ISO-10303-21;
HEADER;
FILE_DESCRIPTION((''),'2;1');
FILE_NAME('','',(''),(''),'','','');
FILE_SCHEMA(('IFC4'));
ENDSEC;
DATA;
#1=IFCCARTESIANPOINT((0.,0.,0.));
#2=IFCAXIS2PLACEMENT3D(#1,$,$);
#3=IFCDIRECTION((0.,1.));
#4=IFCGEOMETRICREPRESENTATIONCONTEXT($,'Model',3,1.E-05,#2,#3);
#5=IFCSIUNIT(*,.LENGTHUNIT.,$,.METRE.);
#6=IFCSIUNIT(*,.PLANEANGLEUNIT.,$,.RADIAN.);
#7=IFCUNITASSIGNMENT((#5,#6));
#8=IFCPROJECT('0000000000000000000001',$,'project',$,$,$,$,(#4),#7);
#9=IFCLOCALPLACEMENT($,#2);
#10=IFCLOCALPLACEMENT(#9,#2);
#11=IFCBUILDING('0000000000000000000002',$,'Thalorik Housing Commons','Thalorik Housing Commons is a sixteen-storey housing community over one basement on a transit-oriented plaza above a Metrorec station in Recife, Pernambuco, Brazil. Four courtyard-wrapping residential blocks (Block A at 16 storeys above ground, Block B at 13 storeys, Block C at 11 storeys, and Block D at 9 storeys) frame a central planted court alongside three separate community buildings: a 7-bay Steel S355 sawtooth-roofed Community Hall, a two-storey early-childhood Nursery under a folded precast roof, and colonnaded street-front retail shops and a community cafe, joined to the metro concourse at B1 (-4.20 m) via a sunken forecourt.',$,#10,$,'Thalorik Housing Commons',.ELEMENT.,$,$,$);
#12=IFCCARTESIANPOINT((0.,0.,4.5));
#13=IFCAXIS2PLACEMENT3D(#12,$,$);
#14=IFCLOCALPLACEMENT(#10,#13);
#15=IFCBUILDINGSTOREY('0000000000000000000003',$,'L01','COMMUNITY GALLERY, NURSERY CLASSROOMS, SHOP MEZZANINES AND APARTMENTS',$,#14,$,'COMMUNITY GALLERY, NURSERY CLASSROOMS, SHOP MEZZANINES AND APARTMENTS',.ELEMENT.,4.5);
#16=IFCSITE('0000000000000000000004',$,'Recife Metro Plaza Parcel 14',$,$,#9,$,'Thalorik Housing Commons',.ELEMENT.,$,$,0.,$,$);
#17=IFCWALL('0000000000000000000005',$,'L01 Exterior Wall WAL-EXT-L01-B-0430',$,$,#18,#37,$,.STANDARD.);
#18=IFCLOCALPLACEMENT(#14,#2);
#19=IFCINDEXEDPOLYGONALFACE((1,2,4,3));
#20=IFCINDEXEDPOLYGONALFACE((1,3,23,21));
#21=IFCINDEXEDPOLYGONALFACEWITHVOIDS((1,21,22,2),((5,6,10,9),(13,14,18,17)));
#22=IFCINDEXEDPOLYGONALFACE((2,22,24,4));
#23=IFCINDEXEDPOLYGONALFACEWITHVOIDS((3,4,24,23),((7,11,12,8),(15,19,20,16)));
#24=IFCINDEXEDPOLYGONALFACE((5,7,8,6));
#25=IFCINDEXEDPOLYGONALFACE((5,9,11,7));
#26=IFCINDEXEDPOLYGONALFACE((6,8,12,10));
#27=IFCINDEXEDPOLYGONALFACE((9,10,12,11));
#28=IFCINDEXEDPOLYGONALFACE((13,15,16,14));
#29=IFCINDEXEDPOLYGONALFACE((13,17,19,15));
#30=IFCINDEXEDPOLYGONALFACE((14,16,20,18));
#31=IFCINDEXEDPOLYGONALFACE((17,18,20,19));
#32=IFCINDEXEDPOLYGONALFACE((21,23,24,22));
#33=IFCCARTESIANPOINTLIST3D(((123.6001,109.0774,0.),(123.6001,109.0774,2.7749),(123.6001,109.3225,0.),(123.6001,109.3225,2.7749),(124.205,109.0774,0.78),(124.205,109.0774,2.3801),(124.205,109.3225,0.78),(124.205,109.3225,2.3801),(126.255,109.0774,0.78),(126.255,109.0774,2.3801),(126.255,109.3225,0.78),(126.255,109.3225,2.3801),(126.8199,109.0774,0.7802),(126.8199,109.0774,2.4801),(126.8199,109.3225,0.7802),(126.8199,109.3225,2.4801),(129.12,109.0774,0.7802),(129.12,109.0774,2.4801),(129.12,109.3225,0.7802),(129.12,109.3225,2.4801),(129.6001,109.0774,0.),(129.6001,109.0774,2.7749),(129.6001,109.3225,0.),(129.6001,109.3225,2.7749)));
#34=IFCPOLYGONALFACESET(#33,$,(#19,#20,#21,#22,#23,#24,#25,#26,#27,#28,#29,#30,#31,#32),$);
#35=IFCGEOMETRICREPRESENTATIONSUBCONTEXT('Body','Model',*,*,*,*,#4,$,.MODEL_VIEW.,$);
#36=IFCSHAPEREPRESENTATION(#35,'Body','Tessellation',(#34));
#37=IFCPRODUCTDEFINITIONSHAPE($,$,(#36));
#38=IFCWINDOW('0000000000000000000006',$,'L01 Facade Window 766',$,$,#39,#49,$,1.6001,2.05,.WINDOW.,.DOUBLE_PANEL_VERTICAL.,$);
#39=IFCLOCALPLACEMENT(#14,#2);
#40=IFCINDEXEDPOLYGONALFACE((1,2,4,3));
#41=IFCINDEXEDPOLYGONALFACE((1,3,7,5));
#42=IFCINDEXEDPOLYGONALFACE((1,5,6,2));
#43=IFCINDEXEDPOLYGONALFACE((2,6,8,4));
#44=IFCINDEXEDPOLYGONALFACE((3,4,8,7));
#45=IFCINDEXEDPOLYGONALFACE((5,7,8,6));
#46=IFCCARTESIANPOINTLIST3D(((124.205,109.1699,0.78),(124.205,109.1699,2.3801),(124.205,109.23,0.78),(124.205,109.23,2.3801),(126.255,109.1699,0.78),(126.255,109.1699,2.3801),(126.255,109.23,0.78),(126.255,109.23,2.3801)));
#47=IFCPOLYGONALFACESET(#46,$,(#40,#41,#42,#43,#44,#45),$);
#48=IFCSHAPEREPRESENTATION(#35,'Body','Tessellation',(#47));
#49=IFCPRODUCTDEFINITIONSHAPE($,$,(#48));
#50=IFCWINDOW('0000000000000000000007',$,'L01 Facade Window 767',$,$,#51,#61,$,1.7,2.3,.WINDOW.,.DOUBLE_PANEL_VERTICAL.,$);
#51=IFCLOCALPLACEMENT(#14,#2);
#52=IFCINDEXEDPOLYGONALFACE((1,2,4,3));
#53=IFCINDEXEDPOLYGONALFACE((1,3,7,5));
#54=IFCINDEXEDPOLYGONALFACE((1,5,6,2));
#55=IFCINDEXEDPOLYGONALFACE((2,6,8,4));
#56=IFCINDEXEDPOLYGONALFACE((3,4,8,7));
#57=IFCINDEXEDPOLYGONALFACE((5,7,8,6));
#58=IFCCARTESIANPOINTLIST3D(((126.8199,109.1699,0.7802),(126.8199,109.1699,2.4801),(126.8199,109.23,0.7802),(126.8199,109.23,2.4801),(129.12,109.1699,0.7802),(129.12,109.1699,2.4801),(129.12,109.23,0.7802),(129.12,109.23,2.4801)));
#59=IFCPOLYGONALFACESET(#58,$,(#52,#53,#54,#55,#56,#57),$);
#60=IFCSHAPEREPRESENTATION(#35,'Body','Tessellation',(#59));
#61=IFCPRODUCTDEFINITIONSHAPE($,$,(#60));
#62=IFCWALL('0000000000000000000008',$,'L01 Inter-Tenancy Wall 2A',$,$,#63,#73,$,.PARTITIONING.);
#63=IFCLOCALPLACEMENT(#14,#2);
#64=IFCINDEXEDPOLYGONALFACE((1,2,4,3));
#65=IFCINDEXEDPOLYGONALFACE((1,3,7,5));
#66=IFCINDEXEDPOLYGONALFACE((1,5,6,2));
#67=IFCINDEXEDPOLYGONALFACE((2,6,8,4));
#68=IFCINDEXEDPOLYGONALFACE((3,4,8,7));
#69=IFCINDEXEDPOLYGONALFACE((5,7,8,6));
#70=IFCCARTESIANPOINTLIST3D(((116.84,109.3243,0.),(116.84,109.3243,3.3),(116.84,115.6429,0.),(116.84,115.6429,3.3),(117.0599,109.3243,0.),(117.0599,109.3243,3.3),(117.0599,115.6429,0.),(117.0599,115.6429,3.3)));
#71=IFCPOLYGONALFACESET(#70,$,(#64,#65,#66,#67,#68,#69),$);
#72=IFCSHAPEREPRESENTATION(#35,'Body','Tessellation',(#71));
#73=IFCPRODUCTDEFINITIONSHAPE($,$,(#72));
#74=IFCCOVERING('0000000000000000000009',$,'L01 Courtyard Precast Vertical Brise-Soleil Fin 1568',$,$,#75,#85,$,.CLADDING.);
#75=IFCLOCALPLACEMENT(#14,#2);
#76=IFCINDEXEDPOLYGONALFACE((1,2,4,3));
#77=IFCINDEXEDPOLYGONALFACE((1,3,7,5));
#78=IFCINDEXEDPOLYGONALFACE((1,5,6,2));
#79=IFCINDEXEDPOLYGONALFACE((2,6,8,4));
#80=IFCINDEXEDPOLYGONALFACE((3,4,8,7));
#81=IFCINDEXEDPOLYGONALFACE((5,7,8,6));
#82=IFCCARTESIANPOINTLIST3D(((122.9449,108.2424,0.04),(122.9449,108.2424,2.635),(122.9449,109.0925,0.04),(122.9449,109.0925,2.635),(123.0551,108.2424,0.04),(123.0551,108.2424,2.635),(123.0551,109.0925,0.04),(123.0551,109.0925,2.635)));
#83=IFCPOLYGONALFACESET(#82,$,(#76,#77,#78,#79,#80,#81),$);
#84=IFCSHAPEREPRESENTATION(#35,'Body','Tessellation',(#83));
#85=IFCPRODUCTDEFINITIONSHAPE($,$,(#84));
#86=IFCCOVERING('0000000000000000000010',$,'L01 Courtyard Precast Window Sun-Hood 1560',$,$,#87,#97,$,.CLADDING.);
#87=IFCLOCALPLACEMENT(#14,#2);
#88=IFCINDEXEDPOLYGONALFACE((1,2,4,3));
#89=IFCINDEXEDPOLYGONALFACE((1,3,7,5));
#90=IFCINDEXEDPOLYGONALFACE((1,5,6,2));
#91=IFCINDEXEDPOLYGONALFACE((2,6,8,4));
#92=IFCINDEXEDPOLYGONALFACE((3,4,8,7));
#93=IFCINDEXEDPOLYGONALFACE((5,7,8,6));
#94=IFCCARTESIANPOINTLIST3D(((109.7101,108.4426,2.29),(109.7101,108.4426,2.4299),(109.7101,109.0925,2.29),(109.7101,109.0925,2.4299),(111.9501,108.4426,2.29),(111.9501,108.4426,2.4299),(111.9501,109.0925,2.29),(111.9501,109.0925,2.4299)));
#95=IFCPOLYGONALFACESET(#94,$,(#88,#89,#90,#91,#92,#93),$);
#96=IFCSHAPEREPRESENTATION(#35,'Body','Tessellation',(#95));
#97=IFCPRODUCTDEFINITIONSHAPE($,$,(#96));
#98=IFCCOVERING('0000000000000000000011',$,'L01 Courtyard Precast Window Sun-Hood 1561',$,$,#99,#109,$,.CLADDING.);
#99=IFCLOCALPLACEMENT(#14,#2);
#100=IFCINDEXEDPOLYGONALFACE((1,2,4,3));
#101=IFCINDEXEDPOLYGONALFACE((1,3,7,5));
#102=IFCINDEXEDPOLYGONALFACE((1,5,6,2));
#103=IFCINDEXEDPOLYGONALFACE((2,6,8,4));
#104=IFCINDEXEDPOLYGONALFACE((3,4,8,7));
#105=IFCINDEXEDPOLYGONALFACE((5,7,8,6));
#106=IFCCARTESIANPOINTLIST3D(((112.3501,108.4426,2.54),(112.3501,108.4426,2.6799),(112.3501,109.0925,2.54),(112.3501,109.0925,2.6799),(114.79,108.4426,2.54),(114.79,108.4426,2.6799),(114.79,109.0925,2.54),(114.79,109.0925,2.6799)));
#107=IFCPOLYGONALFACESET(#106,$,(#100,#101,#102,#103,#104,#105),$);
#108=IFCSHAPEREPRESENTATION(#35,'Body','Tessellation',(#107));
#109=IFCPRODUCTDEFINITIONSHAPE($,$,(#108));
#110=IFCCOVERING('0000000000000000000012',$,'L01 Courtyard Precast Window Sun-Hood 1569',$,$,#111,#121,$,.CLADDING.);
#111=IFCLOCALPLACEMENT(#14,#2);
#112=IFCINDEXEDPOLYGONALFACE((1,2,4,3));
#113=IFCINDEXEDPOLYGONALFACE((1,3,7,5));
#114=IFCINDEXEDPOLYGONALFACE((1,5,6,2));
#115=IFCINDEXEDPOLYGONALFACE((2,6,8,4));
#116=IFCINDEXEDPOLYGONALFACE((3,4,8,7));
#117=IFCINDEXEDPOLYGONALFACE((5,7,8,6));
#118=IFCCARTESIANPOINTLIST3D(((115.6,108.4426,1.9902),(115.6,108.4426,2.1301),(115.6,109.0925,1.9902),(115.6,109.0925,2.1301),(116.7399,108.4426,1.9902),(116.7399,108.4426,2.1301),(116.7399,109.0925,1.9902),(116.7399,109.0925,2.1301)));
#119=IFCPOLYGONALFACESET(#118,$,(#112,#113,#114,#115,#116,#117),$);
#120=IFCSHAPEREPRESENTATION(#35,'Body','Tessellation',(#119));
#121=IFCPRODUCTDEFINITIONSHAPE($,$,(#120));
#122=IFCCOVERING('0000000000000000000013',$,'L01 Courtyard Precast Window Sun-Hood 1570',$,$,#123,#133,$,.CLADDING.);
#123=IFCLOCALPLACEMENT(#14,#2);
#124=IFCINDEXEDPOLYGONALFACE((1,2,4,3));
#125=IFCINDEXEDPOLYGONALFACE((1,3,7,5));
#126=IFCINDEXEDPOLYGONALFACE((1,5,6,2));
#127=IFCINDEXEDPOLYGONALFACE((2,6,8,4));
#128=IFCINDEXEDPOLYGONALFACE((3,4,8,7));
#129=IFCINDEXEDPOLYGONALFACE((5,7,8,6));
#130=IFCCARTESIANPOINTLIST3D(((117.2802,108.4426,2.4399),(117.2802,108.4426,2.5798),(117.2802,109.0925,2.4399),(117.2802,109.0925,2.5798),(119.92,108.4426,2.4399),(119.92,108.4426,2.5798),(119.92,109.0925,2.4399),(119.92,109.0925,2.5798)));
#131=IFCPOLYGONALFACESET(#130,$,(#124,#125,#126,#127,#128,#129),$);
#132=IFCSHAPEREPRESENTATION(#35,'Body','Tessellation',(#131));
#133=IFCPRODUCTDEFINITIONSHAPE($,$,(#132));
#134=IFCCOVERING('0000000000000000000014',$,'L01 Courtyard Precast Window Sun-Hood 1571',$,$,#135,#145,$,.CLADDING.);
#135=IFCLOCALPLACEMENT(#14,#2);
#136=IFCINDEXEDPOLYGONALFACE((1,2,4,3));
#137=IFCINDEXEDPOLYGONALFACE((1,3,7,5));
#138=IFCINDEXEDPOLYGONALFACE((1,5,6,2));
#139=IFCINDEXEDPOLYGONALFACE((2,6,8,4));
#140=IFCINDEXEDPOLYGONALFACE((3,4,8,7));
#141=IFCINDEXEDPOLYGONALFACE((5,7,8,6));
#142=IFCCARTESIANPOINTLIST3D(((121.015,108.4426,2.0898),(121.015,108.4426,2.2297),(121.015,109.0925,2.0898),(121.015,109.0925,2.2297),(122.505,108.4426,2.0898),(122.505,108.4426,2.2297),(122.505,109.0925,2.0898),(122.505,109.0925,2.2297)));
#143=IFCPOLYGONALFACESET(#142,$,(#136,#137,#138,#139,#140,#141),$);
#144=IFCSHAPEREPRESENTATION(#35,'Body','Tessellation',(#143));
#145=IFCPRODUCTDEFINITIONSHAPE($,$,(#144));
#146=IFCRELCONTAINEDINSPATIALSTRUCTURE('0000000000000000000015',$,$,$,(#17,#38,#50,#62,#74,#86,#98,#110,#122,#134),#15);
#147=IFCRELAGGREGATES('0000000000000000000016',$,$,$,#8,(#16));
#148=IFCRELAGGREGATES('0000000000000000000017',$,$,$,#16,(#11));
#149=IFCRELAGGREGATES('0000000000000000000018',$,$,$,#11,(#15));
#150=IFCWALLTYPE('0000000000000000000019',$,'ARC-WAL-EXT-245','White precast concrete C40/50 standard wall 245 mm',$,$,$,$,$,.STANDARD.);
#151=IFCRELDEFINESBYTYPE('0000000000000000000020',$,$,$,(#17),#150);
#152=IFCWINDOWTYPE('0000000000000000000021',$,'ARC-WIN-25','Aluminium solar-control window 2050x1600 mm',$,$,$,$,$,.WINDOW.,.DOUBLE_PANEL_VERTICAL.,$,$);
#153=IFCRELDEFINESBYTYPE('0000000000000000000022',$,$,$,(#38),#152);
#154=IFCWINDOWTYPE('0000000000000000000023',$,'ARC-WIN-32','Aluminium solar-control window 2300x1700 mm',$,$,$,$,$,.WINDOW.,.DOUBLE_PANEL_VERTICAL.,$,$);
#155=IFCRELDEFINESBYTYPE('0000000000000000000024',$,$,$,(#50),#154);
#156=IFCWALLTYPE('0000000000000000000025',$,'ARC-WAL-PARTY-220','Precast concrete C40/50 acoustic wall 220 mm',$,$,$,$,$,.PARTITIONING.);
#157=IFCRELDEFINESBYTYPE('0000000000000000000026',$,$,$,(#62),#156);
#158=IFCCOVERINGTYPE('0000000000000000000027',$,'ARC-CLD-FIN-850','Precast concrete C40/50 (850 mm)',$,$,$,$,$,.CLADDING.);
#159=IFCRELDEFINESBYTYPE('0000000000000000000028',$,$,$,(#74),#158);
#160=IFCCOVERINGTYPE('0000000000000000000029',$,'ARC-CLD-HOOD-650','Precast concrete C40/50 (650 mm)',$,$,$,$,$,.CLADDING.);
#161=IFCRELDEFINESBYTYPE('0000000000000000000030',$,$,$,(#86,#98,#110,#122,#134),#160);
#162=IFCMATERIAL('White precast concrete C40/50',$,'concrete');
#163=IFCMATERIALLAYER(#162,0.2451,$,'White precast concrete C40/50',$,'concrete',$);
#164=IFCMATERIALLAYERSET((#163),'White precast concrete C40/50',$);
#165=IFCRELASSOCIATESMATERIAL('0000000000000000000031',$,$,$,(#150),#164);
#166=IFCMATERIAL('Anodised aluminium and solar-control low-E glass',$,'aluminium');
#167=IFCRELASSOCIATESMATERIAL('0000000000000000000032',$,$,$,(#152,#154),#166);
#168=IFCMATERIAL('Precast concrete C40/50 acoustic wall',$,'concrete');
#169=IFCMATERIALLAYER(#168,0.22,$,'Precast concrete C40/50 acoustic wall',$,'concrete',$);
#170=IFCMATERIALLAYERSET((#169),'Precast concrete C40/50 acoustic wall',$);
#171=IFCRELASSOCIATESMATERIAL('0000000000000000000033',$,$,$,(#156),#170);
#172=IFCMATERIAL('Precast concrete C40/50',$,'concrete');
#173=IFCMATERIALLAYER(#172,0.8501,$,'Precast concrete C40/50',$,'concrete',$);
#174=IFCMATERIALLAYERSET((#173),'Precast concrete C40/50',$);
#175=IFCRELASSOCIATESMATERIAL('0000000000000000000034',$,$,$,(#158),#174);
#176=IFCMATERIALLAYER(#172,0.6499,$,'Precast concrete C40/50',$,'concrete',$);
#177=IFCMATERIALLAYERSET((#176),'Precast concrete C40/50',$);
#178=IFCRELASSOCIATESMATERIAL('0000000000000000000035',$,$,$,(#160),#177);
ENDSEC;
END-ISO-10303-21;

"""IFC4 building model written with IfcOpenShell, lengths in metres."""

from ifc_helpers import new_model, si_unit, direction, frame, frame_2d, origin, origin_2d, place, context, subcontext, project, spatial, rectangle, extrude, material, layer, layer_set, type_object, element, fill, save


model = new_model("IFC4")

# Units and contexts
model_context = context("Model", 3, precision=1e-05, world=origin(), true_north=direction((0.0, 1.0)))
body_context = subcontext(model_context, "Body", "Model", "MODEL_VIEW")
ifc_project = project(units=[si_unit("LENGTHUNIT", "METRE"), si_unit("PLANEANGLEUNIT", "RADIAN")], contexts=[model_context])

# Site, building, storey
site_placement = place(None, origin())
site = spatial("IfcSite", under=ifc_project, at=site_placement, Name="Recife Metro Plaza Parcel 14", LongName="Thalorik Housing Commons", CompositionType="ELEMENT", RefElevation=0.0)
building_placement = place(site_placement, origin())
building = spatial("IfcBuilding", under=site, at=building_placement, Name="Thalorik Housing Commons", Description="Thalorik Housing Commons is a sixteen-storey housing community over one basement on a transit-oriented plaza above a Metrorec station in Recife, Pernambuco, Brazil. Four courtyard-wrapping residential blocks (Block A at 16 storeys above ground, Block B at 13 storeys, Block C at 11 storeys, and Block D at 9 storeys) frame a central planted court alongside three separate community buildings: a 7-bay Steel S355 sawtooth-roofed Community Hall, a two-storey early-childhood Nursery under a folded precast roof, and colonnaded street-front retail shops and a community cafe, joined to the metro concourse at B1 (-4.20 m) via a sunken forecourt.", LongName="Thalorik Housing Commons", CompositionType="ELEMENT")
storey_placement = place(building_placement, frame((0.0, 0.0, 4.5)))
storey = spatial("IfcBuildingStorey", under=building, at=storey_placement, Name="L01", Description="COMMUNITY GALLERY, NURSERY CLASSROOMS, SHOP MEZZANINES AND APARTMENTS", LongName="COMMUNITY GALLERY, NURSERY CLASSROOMS, SHOP MEZZANINES AND APARTMENTS", CompositionType="ELEMENT", Elevation=4.5)

# Shared definitions
ifc_material_1 = material(Name="Precast concrete C40/50", Category="concrete")

# Wall, openings, windows
ifc_material_2 = material(Name="White precast concrete C40/50", Category="concrete")
ifc_layer_1 = layer(ifc_material_2, 0.2451, Name="White precast concrete C40/50", Category="concrete")
ifc_layer_set_1 = layer_set([ifc_layer_1], Name="White precast concrete C40/50")
wall_type_1 = type_object("IfcWallType", Name="ARC-WAL-EXT-245", Description="White precast concrete C40/50 standard wall 245 mm", PredefinedType="STANDARD", material=ifc_layer_set_1)
ifc_material_3 = material(Name="Anodised aluminium and solar-control low-E glass", Category="aluminium")
wall_1_placement = place(storey_placement, frame((123.6001, 109.2, 0.0), z_axis=(0.0, 0.0, 1.0), x_axis=(1.0, 0.0, 0.0)))
wall_1 = element("IfcWall", 1, at=wall_1_placement, inside=storey, type_object=wall_type_1, Name="L01 Exterior Wall WAL-EXT-L01-B-0430", PredefinedType="STANDARD", context=body_context, shape_type="SweptSolid", body=[
    extrude(rectangle(XDim=6.0, YDim=0.2451, at=frame_2d((3.0, 0.0))), origin(), (0.0, 0.0, 1.0), 2.7749),
])
opening_1_placement = place(wall_1_placement, frame((0.605, 0.0, 0.78)))
opening_1 = element("IfcOpeningElement", 2, at=opening_1_placement, cuts=wall_1, PredefinedType="OPENING", context=body_context, shape_type="SweptSolid", body=[
    extrude(rectangle(XDim=2.05, YDim=1.6001, at=frame_2d((1.0249, 0.8))), frame((0.0, 0.1326, 0.0), z_axis=(0.0, -1.0, 0.0), x_axis=(1.0, 0.0, 0.0)), (0.0, 0.0, 1.0), 0.2651),
])
opening_2_placement = place(wall_1_placement, frame((3.22, 0.0, 0.78)))
opening_2 = element("IfcOpeningElement", 3, at=opening_2_placement, cuts=wall_1, PredefinedType="OPENING", context=body_context, shape_type="SweptSolid", body=[
    extrude(rectangle(XDim=2.3, YDim=1.7, at=frame_2d((1.1499, 0.8501))), frame((0.0, 0.1326, 0.0), z_axis=(0.0, -1.0, 0.0), x_axis=(1.0, 0.0, 0.0)), (0.0, 0.0, 1.0), 0.2651),
])
window_type_1 = type_object("IfcWindowType", Name="ARC-WIN-25", Description="Aluminium solar-control window 2050x1600 mm", PartitioningType="DOUBLE_PANEL_VERTICAL", PredefinedType="WINDOW", material=ifc_material_3)
window_1_placement = place(opening_1_placement, origin())
window_1 = element("IfcWindow", 4, at=window_1_placement, inside=storey, type_object=window_type_1, Name="L01 Facade Window 766", OverallHeight=1.6001, OverallWidth=2.05, PartitioningType="DOUBLE_PANEL_VERTICAL", PredefinedType="WINDOW", context=body_context, shape_type="SweptSolid", body=[
    extrude(rectangle(XDim=2.05, YDim=1.6001, at=frame_2d((1.0249, 0.8))), frame((0.0, 0.03, 0.0), z_axis=(0.0, -1.0, 0.0), x_axis=(1.0, 0.0, 0.0)), (0.0, 0.0, 1.0), 0.0601),
])
fill(opening_1, window_1)
window_type_2 = type_object("IfcWindowType", Name="ARC-WIN-32", Description="Aluminium solar-control window 2300x1700 mm", PartitioningType="DOUBLE_PANEL_VERTICAL", PredefinedType="WINDOW", material=ifc_material_3)
window_2_placement = place(opening_2_placement, origin())
window_2 = element("IfcWindow", 5, at=window_2_placement, inside=storey, type_object=window_type_2, Name="L01 Facade Window 767", OverallHeight=1.7, OverallWidth=2.3, PartitioningType="DOUBLE_PANEL_VERTICAL", PredefinedType="WINDOW", context=body_context, shape_type="SweptSolid", body=[
    extrude(rectangle(XDim=2.3, YDim=1.7, at=frame_2d((1.1499, 0.8501))), frame((0.0, 0.03, 0.0), z_axis=(0.0, -1.0, 0.0), x_axis=(1.0, 0.0, 0.0)), (0.0, 0.0, 1.0), 0.0601),
])
fill(opening_2, window_2)

# Wall
ifc_material_4 = material(Name="Precast concrete C40/50 acoustic wall", Category="concrete")
ifc_layer_2 = layer(ifc_material_4, 0.22, Name="Precast concrete C40/50 acoustic wall", Category="concrete")
ifc_layer_set_2 = layer_set([ifc_layer_2], Name="Precast concrete C40/50 acoustic wall")
wall_type_2 = type_object("IfcWallType", Name="ARC-WAL-PARTY-220", Description="Precast concrete C40/50 acoustic wall 220 mm", PredefinedType="PARTITIONING", material=ifc_layer_set_2)
wall_2_placement = place(storey_placement, frame((116.95, 109.3245, 0.0), z_axis=(0.0, 0.0, 1.0), x_axis=(0.0, 1.0, 0.0)))
element("IfcWall", 6, at=wall_2_placement, inside=storey, type_object=wall_type_2, Name="L01 Inter-Tenancy Wall 2A", PredefinedType="PARTITIONING", context=body_context, shape_type="SweptSolid", body=[
    extrude(rectangle(XDim=6.3186, YDim=0.22, at=frame_2d((3.1592, 0.0))), origin(), (0.0, 0.0, 1.0), 3.3),
])

# Coverings
ifc_layer_3 = layer(ifc_material_1, 0.8501, Name="Precast concrete C40/50", Category="concrete")
ifc_layer_set_3 = layer_set([ifc_layer_3], Name="Precast concrete C40/50")
covering_type_1 = type_object("IfcCoveringType", Name="ARC-CLD-FIN-850", Description="Precast concrete C40/50 (850 mm)", PredefinedType="CLADDING", material=ifc_layer_set_3)
covering_1_placement = place(storey_placement, frame((123.0, 108.6675, 0.04), z_axis=(0.0, 0.0, 1.0), x_axis=(1.0, 0.0, 0.0)))
element("IfcCovering", 7, at=covering_1_placement, inside=storey, type_object=covering_type_1, Name="L01 Courtyard Precast Vertical Brise-Soleil Fin 1568", PredefinedType="CLADDING", context=body_context, shape_type="SweptSolid", body=[
    extrude(rectangle(XDim=0.1101, YDim=0.8501, at=origin_2d()), origin(), (0.0, 0.0, 1.0), 2.595),
])
ifc_layer_4 = layer(ifc_material_1, 0.6499, Name="Precast concrete C40/50", Category="concrete")
ifc_layer_set_4 = layer_set([ifc_layer_4], Name="Precast concrete C40/50")
covering_type_2 = type_object("IfcCoveringType", Name="ARC-CLD-HOOD-650", Description="Precast concrete C40/50 (650 mm)", PredefinedType="CLADDING", material=ifc_layer_set_4)
covering_2_placement = place(storey_placement, frame((110.8301, 108.7676, 2.29), z_axis=(0.0, 0.0, 1.0), x_axis=(1.0, 0.0, 0.0)))
element("IfcCovering", 8, at=covering_2_placement, inside=storey, type_object=covering_type_2, Name="L01 Courtyard Precast Window Sun-Hood 1560", PredefinedType="CLADDING", context=body_context, shape_type="SweptSolid", body=[
    extrude(rectangle(XDim=2.24, YDim=0.6499, at=origin_2d()), origin(), (0.0, 0.0, 1.0), 0.1399),
])
covering_3_placement = place(storey_placement, frame((113.5701, 108.7676, 2.54), z_axis=(0.0, 0.0, 1.0), x_axis=(1.0, 0.0, 0.0)))
element("IfcCovering", 9, at=covering_3_placement, inside=storey, type_object=covering_type_2, Name="L01 Courtyard Precast Window Sun-Hood 1561", PredefinedType="CLADDING", context=body_context, shape_type="SweptSolid", body=[
    extrude(rectangle(XDim=2.4399, YDim=0.6499, at=origin_2d()), origin(), (0.0, 0.0, 1.0), 0.1399),
])
covering_4_placement = place(storey_placement, frame((116.1699, 108.7676, 1.9902), z_axis=(0.0, 0.0, 1.0), x_axis=(1.0, 0.0, 0.0)))
element("IfcCovering", 10, at=covering_4_placement, inside=storey, type_object=covering_type_2, Name="L01 Courtyard Precast Window Sun-Hood 1569", PredefinedType="CLADDING", context=body_context, shape_type="SweptSolid", body=[
    extrude(rectangle(XDim=1.1399, YDim=0.6499, at=origin_2d()), origin(), (0.0, 0.0, 1.0), 0.1399),
])
covering_5_placement = place(storey_placement, frame((118.6001, 108.7676, 2.4399), z_axis=(0.0, 0.0, 1.0), x_axis=(1.0, 0.0, 0.0)))
element("IfcCovering", 11, at=covering_5_placement, inside=storey, type_object=covering_type_2, Name="L01 Courtyard Precast Window Sun-Hood 1570", PredefinedType="CLADDING", context=body_context, shape_type="SweptSolid", body=[
    extrude(rectangle(XDim=2.6399, YDim=0.6499, at=origin_2d()), origin(), (0.0, 0.0, 1.0), 0.1399),
])
covering_6_placement = place(storey_placement, frame((121.76, 108.7676, 2.0898), z_axis=(0.0, 0.0, 1.0), x_axis=(1.0, 0.0, 0.0)))
element("IfcCovering", 12, at=covering_6_placement, inside=storey, type_object=covering_type_2, Name="L01 Courtyard Precast Window Sun-Hood 1571", PredefinedType="CLADDING", context=body_context, shape_type="SweptSolid", body=[
    extrude(rectangle(XDim=1.49, YDim=0.6499, at=origin_2d()), origin(), (0.0, 0.0, 1.0), 0.1399),
])

save(model, "model.ifc")
